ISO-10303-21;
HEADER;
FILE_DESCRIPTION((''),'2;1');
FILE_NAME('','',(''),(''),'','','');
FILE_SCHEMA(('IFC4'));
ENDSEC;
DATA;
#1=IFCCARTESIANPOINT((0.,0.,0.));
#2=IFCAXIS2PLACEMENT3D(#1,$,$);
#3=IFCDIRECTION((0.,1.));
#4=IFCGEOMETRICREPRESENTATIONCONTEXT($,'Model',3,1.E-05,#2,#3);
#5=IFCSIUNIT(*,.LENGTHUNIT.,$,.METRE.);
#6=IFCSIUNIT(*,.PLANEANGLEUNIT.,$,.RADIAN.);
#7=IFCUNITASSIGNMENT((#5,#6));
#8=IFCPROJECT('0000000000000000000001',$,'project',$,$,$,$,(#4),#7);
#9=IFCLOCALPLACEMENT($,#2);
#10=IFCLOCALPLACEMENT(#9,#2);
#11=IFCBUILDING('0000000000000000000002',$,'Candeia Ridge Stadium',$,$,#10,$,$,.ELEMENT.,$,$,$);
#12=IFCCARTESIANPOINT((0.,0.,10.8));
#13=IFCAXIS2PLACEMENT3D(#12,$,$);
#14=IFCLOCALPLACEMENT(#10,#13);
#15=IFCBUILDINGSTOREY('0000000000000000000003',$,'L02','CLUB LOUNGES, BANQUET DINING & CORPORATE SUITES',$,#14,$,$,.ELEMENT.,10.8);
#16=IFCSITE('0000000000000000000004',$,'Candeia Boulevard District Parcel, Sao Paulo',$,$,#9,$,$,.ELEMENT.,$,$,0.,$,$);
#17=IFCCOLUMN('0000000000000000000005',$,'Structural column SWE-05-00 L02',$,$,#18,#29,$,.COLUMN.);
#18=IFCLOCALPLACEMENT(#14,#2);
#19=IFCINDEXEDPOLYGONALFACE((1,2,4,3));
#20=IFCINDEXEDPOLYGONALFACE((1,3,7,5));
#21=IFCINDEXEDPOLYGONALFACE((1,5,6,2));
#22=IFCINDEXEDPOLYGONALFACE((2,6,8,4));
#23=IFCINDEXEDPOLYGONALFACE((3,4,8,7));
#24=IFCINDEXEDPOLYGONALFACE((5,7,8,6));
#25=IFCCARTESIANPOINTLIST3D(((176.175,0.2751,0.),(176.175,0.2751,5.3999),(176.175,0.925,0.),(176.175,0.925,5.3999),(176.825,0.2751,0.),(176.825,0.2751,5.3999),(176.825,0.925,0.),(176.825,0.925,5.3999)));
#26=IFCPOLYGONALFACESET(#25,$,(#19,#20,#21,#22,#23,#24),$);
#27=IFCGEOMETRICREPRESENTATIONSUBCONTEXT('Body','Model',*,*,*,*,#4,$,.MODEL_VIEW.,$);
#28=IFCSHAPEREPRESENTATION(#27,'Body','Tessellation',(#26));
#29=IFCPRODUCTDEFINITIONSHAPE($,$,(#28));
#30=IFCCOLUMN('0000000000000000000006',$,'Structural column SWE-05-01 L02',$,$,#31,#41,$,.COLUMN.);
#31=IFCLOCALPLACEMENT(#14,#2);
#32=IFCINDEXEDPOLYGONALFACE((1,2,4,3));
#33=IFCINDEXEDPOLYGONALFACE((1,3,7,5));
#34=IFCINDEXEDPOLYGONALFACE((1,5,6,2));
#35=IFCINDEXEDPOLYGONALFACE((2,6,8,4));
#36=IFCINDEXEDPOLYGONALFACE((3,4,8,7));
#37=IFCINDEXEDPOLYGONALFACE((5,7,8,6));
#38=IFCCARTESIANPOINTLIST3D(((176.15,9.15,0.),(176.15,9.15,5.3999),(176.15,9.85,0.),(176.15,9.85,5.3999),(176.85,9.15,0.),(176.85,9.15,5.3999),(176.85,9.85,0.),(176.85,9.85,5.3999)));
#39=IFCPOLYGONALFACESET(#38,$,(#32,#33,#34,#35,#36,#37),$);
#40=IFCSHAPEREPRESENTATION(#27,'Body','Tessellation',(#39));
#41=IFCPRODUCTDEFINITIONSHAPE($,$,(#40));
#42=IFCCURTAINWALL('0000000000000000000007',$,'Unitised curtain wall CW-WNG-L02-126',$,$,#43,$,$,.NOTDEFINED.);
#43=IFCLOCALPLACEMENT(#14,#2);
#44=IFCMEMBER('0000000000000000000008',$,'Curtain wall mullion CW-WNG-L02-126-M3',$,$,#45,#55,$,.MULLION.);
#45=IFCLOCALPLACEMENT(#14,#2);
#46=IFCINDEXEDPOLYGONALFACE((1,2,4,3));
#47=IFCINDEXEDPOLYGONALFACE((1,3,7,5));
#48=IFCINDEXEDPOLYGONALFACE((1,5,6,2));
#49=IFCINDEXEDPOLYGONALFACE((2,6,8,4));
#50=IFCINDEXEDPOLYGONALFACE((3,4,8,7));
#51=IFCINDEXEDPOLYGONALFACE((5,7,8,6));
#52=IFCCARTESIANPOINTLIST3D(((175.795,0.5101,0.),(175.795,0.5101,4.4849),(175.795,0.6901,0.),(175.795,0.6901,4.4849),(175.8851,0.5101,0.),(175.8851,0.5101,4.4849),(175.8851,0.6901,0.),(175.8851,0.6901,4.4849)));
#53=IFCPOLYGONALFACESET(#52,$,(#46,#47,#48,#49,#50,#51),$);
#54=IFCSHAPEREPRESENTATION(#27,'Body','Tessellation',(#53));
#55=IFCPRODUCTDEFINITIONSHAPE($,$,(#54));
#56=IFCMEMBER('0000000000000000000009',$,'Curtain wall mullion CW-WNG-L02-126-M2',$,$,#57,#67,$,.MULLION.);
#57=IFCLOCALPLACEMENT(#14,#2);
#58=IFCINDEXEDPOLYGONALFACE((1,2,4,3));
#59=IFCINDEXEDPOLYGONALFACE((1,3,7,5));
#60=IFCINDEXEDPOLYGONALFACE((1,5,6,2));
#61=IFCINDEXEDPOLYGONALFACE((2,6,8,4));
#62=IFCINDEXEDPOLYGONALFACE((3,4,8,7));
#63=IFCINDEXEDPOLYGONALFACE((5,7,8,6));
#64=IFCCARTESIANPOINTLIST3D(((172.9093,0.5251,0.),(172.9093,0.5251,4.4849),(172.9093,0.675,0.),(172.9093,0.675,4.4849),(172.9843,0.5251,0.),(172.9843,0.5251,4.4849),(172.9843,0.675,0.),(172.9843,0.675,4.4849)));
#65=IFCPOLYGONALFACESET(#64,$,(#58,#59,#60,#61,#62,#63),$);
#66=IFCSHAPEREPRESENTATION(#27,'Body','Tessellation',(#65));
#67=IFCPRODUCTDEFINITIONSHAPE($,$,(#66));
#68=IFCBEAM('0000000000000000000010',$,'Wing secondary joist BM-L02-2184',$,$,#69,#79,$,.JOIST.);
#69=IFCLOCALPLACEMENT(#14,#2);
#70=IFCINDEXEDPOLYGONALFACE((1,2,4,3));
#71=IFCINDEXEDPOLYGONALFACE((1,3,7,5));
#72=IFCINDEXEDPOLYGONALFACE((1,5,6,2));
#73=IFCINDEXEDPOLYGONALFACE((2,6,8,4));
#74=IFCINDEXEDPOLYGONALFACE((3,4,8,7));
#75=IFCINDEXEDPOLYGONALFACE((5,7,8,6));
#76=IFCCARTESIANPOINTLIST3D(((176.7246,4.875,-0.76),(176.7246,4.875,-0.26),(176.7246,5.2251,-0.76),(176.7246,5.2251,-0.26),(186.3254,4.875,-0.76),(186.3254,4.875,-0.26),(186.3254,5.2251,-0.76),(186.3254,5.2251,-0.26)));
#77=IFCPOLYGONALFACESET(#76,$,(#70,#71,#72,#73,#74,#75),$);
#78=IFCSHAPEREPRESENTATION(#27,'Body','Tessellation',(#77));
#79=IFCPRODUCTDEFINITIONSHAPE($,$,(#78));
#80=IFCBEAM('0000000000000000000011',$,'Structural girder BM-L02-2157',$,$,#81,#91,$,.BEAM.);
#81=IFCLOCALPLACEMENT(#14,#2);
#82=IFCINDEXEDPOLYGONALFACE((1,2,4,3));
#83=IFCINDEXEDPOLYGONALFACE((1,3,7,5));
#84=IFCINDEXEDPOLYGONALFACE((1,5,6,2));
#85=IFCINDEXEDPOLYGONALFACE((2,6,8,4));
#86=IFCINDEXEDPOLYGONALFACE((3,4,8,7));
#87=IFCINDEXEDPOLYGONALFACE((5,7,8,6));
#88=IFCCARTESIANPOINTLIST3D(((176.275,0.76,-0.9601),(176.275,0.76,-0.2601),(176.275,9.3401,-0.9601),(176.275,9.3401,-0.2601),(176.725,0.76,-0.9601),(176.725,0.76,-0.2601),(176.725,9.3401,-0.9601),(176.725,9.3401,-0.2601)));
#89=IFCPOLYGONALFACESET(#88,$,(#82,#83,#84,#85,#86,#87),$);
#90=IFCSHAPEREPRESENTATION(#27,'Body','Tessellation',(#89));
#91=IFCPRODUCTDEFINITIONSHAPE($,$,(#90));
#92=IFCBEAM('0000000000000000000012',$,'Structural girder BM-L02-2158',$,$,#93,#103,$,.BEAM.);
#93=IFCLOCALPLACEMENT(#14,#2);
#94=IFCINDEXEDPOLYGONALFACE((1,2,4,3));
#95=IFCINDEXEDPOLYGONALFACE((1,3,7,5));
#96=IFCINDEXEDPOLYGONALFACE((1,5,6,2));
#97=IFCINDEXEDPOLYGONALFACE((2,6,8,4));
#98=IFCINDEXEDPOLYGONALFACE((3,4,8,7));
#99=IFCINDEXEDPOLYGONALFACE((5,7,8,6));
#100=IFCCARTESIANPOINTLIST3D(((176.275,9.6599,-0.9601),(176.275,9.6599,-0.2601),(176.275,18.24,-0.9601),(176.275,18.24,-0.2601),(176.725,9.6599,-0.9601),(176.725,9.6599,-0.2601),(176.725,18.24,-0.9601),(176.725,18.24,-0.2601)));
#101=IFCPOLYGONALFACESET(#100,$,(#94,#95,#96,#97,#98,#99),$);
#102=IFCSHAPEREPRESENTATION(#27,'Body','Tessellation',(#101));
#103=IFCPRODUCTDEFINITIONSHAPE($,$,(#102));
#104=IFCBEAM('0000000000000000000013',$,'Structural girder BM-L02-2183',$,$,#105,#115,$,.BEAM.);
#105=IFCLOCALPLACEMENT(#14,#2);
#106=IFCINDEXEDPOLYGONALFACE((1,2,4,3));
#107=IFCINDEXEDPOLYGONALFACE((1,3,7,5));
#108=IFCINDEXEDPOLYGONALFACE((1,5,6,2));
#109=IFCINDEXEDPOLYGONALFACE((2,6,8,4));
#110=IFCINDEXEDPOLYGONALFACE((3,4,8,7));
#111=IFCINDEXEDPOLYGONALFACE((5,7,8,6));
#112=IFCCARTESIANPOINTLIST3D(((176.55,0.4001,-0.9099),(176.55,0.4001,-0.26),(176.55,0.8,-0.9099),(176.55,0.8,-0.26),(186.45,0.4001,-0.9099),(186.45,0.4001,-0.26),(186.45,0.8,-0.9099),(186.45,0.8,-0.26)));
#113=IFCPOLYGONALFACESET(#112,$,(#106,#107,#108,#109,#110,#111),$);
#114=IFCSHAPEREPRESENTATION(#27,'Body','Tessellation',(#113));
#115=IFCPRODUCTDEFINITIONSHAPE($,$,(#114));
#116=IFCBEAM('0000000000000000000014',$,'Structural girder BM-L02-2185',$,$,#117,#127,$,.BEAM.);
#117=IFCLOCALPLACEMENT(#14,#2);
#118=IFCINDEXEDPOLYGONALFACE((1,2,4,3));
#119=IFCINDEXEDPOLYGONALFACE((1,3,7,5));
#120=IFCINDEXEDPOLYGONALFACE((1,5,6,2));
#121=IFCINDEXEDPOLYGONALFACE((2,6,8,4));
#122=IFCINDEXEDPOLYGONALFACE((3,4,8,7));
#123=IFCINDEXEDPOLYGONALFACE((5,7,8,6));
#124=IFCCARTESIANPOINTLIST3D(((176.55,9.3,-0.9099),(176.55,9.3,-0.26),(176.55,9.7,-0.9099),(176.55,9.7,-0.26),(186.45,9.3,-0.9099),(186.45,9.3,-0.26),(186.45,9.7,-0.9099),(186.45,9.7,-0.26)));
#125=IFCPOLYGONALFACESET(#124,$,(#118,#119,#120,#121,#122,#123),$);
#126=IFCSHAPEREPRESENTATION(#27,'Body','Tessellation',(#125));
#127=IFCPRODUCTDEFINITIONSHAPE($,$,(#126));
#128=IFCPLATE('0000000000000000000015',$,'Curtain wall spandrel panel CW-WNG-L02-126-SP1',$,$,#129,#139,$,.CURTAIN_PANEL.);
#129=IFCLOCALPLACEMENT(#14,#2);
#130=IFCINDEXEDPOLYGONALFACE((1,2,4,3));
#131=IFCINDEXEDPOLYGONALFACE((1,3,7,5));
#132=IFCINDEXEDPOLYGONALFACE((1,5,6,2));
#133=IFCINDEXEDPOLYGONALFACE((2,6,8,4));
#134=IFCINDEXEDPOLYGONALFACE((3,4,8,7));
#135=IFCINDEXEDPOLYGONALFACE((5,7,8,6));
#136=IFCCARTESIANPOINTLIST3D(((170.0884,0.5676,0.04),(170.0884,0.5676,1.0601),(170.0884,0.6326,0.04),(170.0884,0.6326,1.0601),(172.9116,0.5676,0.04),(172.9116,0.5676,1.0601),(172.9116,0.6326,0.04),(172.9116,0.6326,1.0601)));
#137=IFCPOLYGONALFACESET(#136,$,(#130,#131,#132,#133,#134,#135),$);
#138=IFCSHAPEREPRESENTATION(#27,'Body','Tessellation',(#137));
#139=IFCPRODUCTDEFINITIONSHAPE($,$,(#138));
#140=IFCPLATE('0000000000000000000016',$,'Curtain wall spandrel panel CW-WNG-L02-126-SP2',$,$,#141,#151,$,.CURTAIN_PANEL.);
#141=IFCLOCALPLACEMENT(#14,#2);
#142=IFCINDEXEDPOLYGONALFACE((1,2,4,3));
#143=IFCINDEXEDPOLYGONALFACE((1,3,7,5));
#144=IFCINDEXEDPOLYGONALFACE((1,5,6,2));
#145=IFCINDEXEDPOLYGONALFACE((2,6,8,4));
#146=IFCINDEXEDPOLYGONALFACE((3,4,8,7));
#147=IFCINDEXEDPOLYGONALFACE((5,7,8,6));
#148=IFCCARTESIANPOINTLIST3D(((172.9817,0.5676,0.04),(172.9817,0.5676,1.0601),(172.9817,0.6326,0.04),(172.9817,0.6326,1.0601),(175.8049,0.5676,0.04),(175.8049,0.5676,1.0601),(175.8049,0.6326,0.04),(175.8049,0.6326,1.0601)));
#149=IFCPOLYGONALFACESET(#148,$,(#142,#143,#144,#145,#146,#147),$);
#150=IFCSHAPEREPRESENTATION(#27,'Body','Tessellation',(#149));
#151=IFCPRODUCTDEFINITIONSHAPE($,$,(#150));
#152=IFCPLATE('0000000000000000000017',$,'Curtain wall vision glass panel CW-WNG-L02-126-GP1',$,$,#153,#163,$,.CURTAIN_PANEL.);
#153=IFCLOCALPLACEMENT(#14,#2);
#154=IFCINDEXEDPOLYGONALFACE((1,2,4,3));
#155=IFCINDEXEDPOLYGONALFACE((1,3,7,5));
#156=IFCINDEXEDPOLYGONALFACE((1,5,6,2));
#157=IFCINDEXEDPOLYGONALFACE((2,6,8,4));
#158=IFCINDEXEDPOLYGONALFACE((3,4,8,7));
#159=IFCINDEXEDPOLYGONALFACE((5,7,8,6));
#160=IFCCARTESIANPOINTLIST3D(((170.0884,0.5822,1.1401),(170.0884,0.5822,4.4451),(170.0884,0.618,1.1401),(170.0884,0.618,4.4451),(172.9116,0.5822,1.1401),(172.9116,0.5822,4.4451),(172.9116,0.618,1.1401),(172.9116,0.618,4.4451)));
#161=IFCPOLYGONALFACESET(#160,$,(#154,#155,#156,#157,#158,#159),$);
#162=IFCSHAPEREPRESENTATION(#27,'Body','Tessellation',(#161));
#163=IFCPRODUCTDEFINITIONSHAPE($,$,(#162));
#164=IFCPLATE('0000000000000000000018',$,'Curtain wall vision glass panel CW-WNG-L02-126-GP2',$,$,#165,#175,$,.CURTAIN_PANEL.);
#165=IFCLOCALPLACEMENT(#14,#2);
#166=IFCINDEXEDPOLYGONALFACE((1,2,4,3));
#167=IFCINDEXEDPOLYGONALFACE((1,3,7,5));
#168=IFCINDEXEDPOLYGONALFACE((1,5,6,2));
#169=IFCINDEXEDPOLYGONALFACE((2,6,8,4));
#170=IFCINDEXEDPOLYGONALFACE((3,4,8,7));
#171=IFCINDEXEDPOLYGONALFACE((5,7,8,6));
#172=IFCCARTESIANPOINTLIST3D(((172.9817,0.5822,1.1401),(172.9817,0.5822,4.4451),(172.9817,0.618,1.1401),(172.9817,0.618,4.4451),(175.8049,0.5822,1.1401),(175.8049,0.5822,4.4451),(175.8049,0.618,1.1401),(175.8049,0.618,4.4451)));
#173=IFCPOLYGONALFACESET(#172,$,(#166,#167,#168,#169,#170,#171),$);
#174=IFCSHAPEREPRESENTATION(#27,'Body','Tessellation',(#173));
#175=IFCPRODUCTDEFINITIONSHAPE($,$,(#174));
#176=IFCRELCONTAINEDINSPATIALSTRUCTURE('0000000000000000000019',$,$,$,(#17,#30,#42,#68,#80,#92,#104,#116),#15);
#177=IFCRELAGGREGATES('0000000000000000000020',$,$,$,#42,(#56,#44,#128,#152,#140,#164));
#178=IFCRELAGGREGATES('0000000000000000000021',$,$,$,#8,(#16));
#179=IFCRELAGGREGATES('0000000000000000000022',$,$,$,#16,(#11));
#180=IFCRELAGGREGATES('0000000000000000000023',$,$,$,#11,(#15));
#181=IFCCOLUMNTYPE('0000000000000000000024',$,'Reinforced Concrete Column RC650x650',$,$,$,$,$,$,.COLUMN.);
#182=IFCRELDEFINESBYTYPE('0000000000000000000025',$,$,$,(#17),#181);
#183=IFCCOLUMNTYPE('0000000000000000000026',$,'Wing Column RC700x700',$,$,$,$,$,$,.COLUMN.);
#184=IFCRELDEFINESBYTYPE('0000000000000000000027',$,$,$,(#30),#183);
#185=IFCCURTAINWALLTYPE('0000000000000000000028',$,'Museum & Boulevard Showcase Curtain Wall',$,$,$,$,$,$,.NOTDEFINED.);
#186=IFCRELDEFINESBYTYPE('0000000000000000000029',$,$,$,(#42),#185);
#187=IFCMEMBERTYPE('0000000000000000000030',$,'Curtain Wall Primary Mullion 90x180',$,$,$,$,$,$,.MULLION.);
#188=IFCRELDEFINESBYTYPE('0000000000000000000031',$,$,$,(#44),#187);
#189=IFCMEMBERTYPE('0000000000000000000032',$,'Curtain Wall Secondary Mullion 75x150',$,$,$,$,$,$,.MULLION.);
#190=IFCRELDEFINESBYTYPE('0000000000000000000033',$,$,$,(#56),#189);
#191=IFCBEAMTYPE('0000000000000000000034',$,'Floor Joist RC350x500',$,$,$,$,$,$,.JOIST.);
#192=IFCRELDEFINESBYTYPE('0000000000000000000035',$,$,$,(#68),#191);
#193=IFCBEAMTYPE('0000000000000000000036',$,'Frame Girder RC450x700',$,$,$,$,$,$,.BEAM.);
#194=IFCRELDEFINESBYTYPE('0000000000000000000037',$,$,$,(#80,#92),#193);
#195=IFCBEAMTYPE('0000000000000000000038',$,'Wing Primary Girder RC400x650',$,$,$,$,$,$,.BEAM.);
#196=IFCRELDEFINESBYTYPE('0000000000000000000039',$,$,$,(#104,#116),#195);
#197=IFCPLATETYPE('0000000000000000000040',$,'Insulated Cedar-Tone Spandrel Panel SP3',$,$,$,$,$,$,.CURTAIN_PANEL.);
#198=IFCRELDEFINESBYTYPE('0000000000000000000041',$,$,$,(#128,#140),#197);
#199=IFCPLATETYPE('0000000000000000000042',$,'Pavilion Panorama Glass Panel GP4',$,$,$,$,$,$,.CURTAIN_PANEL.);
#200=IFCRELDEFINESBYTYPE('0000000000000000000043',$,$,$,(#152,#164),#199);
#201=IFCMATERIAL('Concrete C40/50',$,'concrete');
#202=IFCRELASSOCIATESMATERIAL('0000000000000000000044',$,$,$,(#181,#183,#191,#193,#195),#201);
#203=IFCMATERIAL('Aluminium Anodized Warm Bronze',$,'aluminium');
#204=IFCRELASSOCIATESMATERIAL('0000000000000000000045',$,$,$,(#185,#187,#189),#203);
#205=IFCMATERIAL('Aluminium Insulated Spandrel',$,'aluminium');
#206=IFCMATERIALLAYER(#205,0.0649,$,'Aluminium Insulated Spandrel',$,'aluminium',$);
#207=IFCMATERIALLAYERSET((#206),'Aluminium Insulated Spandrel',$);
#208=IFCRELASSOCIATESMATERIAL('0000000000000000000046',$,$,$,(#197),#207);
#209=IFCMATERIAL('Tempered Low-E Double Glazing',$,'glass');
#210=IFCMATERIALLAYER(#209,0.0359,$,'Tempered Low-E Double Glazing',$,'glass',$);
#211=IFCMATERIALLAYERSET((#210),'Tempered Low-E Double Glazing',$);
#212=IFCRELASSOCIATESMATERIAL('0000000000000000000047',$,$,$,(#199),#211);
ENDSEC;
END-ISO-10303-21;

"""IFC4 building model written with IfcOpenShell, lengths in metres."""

from ifc_helpers import new_model, si_unit, direction, frame, origin, origin_2d, place, context, subcontext, project, spatial, rectangle, extrude, material, layer, layer_set, material_profile, profile_set, type_object, element, aggregate, save


model = new_model("IFC4")

# Units and contexts
model_context = context("Model", 3, precision=1e-05, world=origin(), true_north=direction((0.0, 1.0)))
body_context = subcontext(model_context, "Body", "Model", "MODEL_VIEW")
ifc_project = project(units=[si_unit("LENGTHUNIT", "METRE"), si_unit("PLANEANGLEUNIT", "RADIAN")], contexts=[model_context])

# Site, building, storey
site_placement = place(None, origin())
site = spatial("IfcSite", under=ifc_project, at=site_placement, Name="Candeia Boulevard District Parcel, Sao Paulo", CompositionType="ELEMENT", RefElevation=0.0)
building_placement = place(site_placement, origin())
building = spatial("IfcBuilding", under=site, at=building_placement, Name="Candeia Ridge Stadium", CompositionType="ELEMENT")
storey_placement = place(building_placement, frame((0.0, 0.0, 10.8)))
storey = spatial("IfcBuildingStorey", under=building, at=storey_placement, Name="L02", Description="CLUB LOUNGES, BANQUET DINING & CORPORATE SUITES", CompositionType="ELEMENT", Elevation=10.8)

# Columns
ifc_material_1 = material(Name="Concrete C40/50", Category="concrete")
ifc_material_profile_1 = material_profile(ifc_material_1, rectangle(XDim=0.6499, YDim=0.6499, at=origin_2d()), Name="RC650x650", Category="concrete")
ifc_profile_set_1 = profile_set([ifc_material_profile_1], Name="Concrete C40/50")
column_type_1 = type_object("IfcColumnType", Name="Reinforced Concrete Column RC650x650", PredefinedType="COLUMN", material=ifc_profile_set_1)
column_1_placement = place(storey_placement, frame((176.5, 0.6001, 0.0), z_axis=(0.0, 0.0, 1.0), x_axis=(1.0, 0.0, 0.0)))
element("IfcColumn", 1, at=column_1_placement, inside=storey, type_object=column_type_1, Name="Structural column SWE-05-00 L02", PredefinedType="COLUMN", context=body_context, shape_type="SweptSolid", body=[
    extrude(rectangle(XDim=0.6499, YDim=0.6499, at=origin_2d()), origin(), (0.0, 0.0, 1.0), 5.3999),
])
ifc_material_profile_2 = material_profile(ifc_material_1, rectangle(XDim=0.7, YDim=0.7, at=origin_2d()), Name="RC700x700", Category="concrete")
ifc_profile_set_2 = profile_set([ifc_material_profile_2], Name="Concrete C40/50")
column_type_2 = type_object("IfcColumnType", Name="Wing Column RC700x700", PredefinedType="COLUMN", material=ifc_profile_set_2)
column_2_placement = place(storey_placement, frame((176.5, 9.5, 0.0), z_axis=(0.0, 0.0, 1.0), x_axis=(1.0, 0.0, 0.0)))
element("IfcColumn", 2, at=column_2_placement, inside=storey, type_object=column_type_2, Name="Structural column SWE-05-01 L02", PredefinedType="COLUMN", context=body_context, shape_type="SweptSolid", body=[
    extrude(rectangle(XDim=0.7, YDim=0.7, at=origin_2d()), origin(), (0.0, 0.0, 1.0), 5.3999),
])

# Curtain wall, members
ifc_material_2 = material(Name="Aluminium Anodized Warm Bronze", Category="aluminium")
curtain_wall_type = type_object("IfcCurtainWallType", Name="Museum & Boulevard Showcase Curtain Wall", PredefinedType="NOTDEFINED", material=ifc_material_2)
curtain_wall_placement = place(storey_placement, origin())
curtain_wall = element("IfcCurtainWall", 3, at=curtain_wall_placement, inside=storey, type_object=curtain_wall_type, Name="Unitised curtain wall CW-WNG-L02-126", PredefinedType="NOTDEFINED")
ifc_material_profile_3 = material_profile(ifc_material_2, rectangle(XDim=0.0901, YDim=0.1799, at=origin_2d()), Name="CWM-90x180", Category="aluminium")
ifc_profile_set_3 = profile_set([ifc_material_profile_3], Name="Aluminium Anodized Warm Bronze")
member_type_1 = type_object("IfcMemberType", Name="Curtain Wall Primary Mullion 90x180", PredefinedType="MULLION", material=ifc_profile_set_3)
member_1_placement = place(storey_placement, frame((175.8401, 0.6001, 0.0), z_axis=(0.0, 0.0, 1.0), x_axis=(1.0, 0.0, 0.0)))
member_1 = element("IfcMember", 4, at=member_1_placement, type_object=member_type_1, Name="Curtain wall mullion CW-WNG-L02-126-M3", PredefinedType="MULLION", context=body_context, shape_type="SweptSolid", body=[
    extrude(rectangle(XDim=0.0901, YDim=0.1799, at=origin_2d()), origin(), (0.0, 0.0, 1.0), 4.4849),
])
ifc_material_profile_4 = material_profile(ifc_material_2, rectangle(XDim=0.075, YDim=0.1499, at=origin_2d()), Name="CWM-75x150", Category="aluminium")
ifc_profile_set_4 = profile_set([ifc_material_profile_4], Name="Aluminium Anodized Warm Bronze")
member_type_2 = type_object("IfcMemberType", Name="Curtain Wall Secondary Mullion 75x150", PredefinedType="MULLION", material=ifc_profile_set_4)
member_2_placement = place(storey_placement, frame((172.9468, 0.6001, 0.0), z_axis=(0.0, 0.0, 1.0), x_axis=(1.0, 0.0, 0.0)))
member_2 = element("IfcMember", 5, at=member_2_placement, type_object=member_type_2, Name="Curtain wall mullion CW-WNG-L02-126-M2", PredefinedType="MULLION", context=body_context, shape_type="SweptSolid", body=[
    extrude(rectangle(XDim=0.075, YDim=0.1499, at=origin_2d()), origin(), (0.0, 0.0, 1.0), 4.4849),
])

# Beams
ifc_material_profile_5 = material_profile(ifc_material_1, rectangle(XDim=0.3501, YDim=0.5, at=origin_2d()), Name="RC350x500", Category="concrete")
ifc_profile_set_5 = profile_set([ifc_material_profile_5], Name="Concrete C40/50")
beam_type_1 = type_object("IfcBeamType", Name="Floor Joist RC350x500", PredefinedType="JOIST", material=ifc_profile_set_5)
beam_placement = place(storey_placement, frame((176.7246, 5.05, -0.51), z_axis=(1.0, 0.0, 0.0), x_axis=(0.0, 1.0, 0.0)))
element("IfcBeam", 6, at=beam_placement, inside=storey, type_object=beam_type_1, Name="Wing secondary joist BM-L02-2184", PredefinedType="JOIST", context=body_context, shape_type="SweptSolid", body=[
    extrude(rectangle(XDim=0.3501, YDim=0.5, at=origin_2d()), origin(), (0.0, 0.0, 1.0), 9.6008),
])
ifc_material_profile_6 = material_profile(ifc_material_1, rectangle(XDim=0.45, YDim=0.7, at=origin_2d()), Name="RC450x700", Category="concrete")
ifc_profile_set_6 = profile_set([ifc_material_profile_6], Name="Concrete C40/50")
beam_type_2 = type_object("IfcBeamType", Name="Frame Girder RC450x700", PredefinedType="BEAM", material=ifc_profile_set_6)
for number, where, z_axis, x_axis, name in (
    (7, (176.5, 0.76, -0.6101), (0.0, 1.0, 0.0), (-1.0, 0.0, 0.0), "Structural girder BM-L02-2157"),
    (8, (176.5, 9.6599, -0.6101), (0.0, 1.0, 0.0), (-1.0, 0.0, 0.0), "Structural girder BM-L02-2158"),
):
    element("IfcBeam", number, at=place(storey_placement, frame(where, z_axis=z_axis, x_axis=x_axis)), inside=storey, type_object=beam_type_2, Name=name, PredefinedType="BEAM", context=body_context, shape_type="SweptSolid", body=[
        extrude(rectangle(XDim=0.45, YDim=0.7, at=origin_2d()), origin(), (0.0, 0.0, 1.0), 8.5801),
    ])
ifc_material_profile_7 = material_profile(ifc_material_1, rectangle(XDim=0.3999, YDim=0.6499, at=origin_2d()), Name="RC400x650", Category="concrete")
ifc_profile_set_7 = profile_set([ifc_material_profile_7], Name="Concrete C40/50")
beam_type_3 = type_object("IfcBeamType", Name="Wing Primary Girder RC400x650", PredefinedType="BEAM", material=ifc_profile_set_7)
for number, where, z_axis, x_axis, name in (
    (9, (176.55, 0.6001, -0.585), (1.0, 0.0, 0.0), (0.0, 1.0, 0.0), "Structural girder BM-L02-2183"),
    (10, (176.55, 9.5, -0.585), (1.0, 0.0, 0.0), (0.0, 1.0, 0.0), "Structural girder BM-L02-2185"),
):
    element("IfcBeam", number, at=place(storey_placement, frame(where, z_axis=z_axis, x_axis=x_axis)), inside=storey, type_object=beam_type_3, Name=name, PredefinedType="BEAM", context=body_context, shape_type="SweptSolid", body=[
        extrude(rectangle(XDim=0.3999, YDim=0.6499, at=origin_2d()), origin(), (0.0, 0.0, 1.0), 9.8999),
    ])

# Plates
ifc_material_3 = material(Name="Aluminium Insulated Spandrel", Category="aluminium")
ifc_layer_1 = layer(ifc_material_3, 0.0649, Name="Aluminium Insulated Spandrel", Category="aluminium")
ifc_layer_set_1 = layer_set([ifc_layer_1], Name="Aluminium Insulated Spandrel")
plate_type_1 = type_object("IfcPlateType", Name="Insulated Cedar-Tone Spandrel Panel SP3", PredefinedType="CURTAIN_PANEL", material=ifc_layer_set_1)
plate_1_placement = place(storey_placement, frame((171.5, 0.6001, 0.04), z_axis=(0.0, 0.0, 1.0), x_axis=(1.0, 0.0, 0.0)))
plate_1 = element("IfcPlate", 11, at=plate_1_placement, type_object=plate_type_1, Name="Curtain wall spandrel panel CW-WNG-L02-126-SP1", PredefinedType="CURTAIN_PANEL", context=body_context, shape_type="SweptSolid", body=[
    extrude(rectangle(XDim=2.8232, YDim=0.0649, at=origin_2d()), origin(), (0.0, 0.0, 1.0), 1.02),
])
plate_2_placement = place(storey_placement, frame((174.3933, 0.6001, 0.04), z_axis=(0.0, 0.0, 1.0), x_axis=(1.0, 0.0, 0.0)))
plate_2 = element("IfcPlate", 12, at=plate_2_placement, type_object=plate_type_1, Name="Curtain wall spandrel panel CW-WNG-L02-126-SP2", PredefinedType="CURTAIN_PANEL", context=body_context, shape_type="SweptSolid", body=[
    extrude(rectangle(XDim=2.8232, YDim=0.0649, at=origin_2d()), origin(), (0.0, 0.0, 1.0), 1.02),
])
ifc_material_4 = material(Name="Tempered Low-E Double Glazing", Category="glass")
ifc_layer_2 = layer(ifc_material_4, 0.0359, Name="Tempered Low-E Double Glazing", Category="glass")
ifc_layer_set_2 = layer_set([ifc_layer_2], Name="Tempered Low-E Double Glazing")
plate_type_2 = type_object("IfcPlateType", Name="Pavilion Panorama Glass Panel GP4", PredefinedType="CURTAIN_PANEL", material=ifc_layer_set_2)
plate_3_placement = place(storey_placement, frame((171.5, 0.6001, 1.1401), z_axis=(0.0, 0.0, 1.0), x_axis=(1.0, 0.0, 0.0)))
plate_3 = element("IfcPlate", 13, at=plate_3_placement, type_object=plate_type_2, Name="Curtain wall vision glass panel CW-WNG-L02-126-GP1", PredefinedType="CURTAIN_PANEL", context=body_context, shape_type="SweptSolid", body=[
    extrude(rectangle(XDim=2.8232, YDim=0.0359, at=origin_2d()), origin(), (0.0, 0.0, 1.0), 3.3049),
])
plate_4_placement = place(storey_placement, frame((174.3933, 0.6001, 1.1401), z_axis=(0.0, 0.0, 1.0), x_axis=(1.0, 0.0, 0.0)))
plate_4 = element("IfcPlate", 14, at=plate_4_placement, type_object=plate_type_2, Name="Curtain wall vision glass panel CW-WNG-L02-126-GP2", PredefinedType="CURTAIN_PANEL", context=body_context, shape_type="SweptSolid", body=[
    extrude(rectangle(XDim=2.8232, YDim=0.0359, at=origin_2d()), origin(), (0.0, 0.0, 1.0), 3.3049),
])
aggregate(curtain_wall, [member_2, member_1, plate_1, plate_3, plate_2, plate_4])

save(model, "model.ifc")
